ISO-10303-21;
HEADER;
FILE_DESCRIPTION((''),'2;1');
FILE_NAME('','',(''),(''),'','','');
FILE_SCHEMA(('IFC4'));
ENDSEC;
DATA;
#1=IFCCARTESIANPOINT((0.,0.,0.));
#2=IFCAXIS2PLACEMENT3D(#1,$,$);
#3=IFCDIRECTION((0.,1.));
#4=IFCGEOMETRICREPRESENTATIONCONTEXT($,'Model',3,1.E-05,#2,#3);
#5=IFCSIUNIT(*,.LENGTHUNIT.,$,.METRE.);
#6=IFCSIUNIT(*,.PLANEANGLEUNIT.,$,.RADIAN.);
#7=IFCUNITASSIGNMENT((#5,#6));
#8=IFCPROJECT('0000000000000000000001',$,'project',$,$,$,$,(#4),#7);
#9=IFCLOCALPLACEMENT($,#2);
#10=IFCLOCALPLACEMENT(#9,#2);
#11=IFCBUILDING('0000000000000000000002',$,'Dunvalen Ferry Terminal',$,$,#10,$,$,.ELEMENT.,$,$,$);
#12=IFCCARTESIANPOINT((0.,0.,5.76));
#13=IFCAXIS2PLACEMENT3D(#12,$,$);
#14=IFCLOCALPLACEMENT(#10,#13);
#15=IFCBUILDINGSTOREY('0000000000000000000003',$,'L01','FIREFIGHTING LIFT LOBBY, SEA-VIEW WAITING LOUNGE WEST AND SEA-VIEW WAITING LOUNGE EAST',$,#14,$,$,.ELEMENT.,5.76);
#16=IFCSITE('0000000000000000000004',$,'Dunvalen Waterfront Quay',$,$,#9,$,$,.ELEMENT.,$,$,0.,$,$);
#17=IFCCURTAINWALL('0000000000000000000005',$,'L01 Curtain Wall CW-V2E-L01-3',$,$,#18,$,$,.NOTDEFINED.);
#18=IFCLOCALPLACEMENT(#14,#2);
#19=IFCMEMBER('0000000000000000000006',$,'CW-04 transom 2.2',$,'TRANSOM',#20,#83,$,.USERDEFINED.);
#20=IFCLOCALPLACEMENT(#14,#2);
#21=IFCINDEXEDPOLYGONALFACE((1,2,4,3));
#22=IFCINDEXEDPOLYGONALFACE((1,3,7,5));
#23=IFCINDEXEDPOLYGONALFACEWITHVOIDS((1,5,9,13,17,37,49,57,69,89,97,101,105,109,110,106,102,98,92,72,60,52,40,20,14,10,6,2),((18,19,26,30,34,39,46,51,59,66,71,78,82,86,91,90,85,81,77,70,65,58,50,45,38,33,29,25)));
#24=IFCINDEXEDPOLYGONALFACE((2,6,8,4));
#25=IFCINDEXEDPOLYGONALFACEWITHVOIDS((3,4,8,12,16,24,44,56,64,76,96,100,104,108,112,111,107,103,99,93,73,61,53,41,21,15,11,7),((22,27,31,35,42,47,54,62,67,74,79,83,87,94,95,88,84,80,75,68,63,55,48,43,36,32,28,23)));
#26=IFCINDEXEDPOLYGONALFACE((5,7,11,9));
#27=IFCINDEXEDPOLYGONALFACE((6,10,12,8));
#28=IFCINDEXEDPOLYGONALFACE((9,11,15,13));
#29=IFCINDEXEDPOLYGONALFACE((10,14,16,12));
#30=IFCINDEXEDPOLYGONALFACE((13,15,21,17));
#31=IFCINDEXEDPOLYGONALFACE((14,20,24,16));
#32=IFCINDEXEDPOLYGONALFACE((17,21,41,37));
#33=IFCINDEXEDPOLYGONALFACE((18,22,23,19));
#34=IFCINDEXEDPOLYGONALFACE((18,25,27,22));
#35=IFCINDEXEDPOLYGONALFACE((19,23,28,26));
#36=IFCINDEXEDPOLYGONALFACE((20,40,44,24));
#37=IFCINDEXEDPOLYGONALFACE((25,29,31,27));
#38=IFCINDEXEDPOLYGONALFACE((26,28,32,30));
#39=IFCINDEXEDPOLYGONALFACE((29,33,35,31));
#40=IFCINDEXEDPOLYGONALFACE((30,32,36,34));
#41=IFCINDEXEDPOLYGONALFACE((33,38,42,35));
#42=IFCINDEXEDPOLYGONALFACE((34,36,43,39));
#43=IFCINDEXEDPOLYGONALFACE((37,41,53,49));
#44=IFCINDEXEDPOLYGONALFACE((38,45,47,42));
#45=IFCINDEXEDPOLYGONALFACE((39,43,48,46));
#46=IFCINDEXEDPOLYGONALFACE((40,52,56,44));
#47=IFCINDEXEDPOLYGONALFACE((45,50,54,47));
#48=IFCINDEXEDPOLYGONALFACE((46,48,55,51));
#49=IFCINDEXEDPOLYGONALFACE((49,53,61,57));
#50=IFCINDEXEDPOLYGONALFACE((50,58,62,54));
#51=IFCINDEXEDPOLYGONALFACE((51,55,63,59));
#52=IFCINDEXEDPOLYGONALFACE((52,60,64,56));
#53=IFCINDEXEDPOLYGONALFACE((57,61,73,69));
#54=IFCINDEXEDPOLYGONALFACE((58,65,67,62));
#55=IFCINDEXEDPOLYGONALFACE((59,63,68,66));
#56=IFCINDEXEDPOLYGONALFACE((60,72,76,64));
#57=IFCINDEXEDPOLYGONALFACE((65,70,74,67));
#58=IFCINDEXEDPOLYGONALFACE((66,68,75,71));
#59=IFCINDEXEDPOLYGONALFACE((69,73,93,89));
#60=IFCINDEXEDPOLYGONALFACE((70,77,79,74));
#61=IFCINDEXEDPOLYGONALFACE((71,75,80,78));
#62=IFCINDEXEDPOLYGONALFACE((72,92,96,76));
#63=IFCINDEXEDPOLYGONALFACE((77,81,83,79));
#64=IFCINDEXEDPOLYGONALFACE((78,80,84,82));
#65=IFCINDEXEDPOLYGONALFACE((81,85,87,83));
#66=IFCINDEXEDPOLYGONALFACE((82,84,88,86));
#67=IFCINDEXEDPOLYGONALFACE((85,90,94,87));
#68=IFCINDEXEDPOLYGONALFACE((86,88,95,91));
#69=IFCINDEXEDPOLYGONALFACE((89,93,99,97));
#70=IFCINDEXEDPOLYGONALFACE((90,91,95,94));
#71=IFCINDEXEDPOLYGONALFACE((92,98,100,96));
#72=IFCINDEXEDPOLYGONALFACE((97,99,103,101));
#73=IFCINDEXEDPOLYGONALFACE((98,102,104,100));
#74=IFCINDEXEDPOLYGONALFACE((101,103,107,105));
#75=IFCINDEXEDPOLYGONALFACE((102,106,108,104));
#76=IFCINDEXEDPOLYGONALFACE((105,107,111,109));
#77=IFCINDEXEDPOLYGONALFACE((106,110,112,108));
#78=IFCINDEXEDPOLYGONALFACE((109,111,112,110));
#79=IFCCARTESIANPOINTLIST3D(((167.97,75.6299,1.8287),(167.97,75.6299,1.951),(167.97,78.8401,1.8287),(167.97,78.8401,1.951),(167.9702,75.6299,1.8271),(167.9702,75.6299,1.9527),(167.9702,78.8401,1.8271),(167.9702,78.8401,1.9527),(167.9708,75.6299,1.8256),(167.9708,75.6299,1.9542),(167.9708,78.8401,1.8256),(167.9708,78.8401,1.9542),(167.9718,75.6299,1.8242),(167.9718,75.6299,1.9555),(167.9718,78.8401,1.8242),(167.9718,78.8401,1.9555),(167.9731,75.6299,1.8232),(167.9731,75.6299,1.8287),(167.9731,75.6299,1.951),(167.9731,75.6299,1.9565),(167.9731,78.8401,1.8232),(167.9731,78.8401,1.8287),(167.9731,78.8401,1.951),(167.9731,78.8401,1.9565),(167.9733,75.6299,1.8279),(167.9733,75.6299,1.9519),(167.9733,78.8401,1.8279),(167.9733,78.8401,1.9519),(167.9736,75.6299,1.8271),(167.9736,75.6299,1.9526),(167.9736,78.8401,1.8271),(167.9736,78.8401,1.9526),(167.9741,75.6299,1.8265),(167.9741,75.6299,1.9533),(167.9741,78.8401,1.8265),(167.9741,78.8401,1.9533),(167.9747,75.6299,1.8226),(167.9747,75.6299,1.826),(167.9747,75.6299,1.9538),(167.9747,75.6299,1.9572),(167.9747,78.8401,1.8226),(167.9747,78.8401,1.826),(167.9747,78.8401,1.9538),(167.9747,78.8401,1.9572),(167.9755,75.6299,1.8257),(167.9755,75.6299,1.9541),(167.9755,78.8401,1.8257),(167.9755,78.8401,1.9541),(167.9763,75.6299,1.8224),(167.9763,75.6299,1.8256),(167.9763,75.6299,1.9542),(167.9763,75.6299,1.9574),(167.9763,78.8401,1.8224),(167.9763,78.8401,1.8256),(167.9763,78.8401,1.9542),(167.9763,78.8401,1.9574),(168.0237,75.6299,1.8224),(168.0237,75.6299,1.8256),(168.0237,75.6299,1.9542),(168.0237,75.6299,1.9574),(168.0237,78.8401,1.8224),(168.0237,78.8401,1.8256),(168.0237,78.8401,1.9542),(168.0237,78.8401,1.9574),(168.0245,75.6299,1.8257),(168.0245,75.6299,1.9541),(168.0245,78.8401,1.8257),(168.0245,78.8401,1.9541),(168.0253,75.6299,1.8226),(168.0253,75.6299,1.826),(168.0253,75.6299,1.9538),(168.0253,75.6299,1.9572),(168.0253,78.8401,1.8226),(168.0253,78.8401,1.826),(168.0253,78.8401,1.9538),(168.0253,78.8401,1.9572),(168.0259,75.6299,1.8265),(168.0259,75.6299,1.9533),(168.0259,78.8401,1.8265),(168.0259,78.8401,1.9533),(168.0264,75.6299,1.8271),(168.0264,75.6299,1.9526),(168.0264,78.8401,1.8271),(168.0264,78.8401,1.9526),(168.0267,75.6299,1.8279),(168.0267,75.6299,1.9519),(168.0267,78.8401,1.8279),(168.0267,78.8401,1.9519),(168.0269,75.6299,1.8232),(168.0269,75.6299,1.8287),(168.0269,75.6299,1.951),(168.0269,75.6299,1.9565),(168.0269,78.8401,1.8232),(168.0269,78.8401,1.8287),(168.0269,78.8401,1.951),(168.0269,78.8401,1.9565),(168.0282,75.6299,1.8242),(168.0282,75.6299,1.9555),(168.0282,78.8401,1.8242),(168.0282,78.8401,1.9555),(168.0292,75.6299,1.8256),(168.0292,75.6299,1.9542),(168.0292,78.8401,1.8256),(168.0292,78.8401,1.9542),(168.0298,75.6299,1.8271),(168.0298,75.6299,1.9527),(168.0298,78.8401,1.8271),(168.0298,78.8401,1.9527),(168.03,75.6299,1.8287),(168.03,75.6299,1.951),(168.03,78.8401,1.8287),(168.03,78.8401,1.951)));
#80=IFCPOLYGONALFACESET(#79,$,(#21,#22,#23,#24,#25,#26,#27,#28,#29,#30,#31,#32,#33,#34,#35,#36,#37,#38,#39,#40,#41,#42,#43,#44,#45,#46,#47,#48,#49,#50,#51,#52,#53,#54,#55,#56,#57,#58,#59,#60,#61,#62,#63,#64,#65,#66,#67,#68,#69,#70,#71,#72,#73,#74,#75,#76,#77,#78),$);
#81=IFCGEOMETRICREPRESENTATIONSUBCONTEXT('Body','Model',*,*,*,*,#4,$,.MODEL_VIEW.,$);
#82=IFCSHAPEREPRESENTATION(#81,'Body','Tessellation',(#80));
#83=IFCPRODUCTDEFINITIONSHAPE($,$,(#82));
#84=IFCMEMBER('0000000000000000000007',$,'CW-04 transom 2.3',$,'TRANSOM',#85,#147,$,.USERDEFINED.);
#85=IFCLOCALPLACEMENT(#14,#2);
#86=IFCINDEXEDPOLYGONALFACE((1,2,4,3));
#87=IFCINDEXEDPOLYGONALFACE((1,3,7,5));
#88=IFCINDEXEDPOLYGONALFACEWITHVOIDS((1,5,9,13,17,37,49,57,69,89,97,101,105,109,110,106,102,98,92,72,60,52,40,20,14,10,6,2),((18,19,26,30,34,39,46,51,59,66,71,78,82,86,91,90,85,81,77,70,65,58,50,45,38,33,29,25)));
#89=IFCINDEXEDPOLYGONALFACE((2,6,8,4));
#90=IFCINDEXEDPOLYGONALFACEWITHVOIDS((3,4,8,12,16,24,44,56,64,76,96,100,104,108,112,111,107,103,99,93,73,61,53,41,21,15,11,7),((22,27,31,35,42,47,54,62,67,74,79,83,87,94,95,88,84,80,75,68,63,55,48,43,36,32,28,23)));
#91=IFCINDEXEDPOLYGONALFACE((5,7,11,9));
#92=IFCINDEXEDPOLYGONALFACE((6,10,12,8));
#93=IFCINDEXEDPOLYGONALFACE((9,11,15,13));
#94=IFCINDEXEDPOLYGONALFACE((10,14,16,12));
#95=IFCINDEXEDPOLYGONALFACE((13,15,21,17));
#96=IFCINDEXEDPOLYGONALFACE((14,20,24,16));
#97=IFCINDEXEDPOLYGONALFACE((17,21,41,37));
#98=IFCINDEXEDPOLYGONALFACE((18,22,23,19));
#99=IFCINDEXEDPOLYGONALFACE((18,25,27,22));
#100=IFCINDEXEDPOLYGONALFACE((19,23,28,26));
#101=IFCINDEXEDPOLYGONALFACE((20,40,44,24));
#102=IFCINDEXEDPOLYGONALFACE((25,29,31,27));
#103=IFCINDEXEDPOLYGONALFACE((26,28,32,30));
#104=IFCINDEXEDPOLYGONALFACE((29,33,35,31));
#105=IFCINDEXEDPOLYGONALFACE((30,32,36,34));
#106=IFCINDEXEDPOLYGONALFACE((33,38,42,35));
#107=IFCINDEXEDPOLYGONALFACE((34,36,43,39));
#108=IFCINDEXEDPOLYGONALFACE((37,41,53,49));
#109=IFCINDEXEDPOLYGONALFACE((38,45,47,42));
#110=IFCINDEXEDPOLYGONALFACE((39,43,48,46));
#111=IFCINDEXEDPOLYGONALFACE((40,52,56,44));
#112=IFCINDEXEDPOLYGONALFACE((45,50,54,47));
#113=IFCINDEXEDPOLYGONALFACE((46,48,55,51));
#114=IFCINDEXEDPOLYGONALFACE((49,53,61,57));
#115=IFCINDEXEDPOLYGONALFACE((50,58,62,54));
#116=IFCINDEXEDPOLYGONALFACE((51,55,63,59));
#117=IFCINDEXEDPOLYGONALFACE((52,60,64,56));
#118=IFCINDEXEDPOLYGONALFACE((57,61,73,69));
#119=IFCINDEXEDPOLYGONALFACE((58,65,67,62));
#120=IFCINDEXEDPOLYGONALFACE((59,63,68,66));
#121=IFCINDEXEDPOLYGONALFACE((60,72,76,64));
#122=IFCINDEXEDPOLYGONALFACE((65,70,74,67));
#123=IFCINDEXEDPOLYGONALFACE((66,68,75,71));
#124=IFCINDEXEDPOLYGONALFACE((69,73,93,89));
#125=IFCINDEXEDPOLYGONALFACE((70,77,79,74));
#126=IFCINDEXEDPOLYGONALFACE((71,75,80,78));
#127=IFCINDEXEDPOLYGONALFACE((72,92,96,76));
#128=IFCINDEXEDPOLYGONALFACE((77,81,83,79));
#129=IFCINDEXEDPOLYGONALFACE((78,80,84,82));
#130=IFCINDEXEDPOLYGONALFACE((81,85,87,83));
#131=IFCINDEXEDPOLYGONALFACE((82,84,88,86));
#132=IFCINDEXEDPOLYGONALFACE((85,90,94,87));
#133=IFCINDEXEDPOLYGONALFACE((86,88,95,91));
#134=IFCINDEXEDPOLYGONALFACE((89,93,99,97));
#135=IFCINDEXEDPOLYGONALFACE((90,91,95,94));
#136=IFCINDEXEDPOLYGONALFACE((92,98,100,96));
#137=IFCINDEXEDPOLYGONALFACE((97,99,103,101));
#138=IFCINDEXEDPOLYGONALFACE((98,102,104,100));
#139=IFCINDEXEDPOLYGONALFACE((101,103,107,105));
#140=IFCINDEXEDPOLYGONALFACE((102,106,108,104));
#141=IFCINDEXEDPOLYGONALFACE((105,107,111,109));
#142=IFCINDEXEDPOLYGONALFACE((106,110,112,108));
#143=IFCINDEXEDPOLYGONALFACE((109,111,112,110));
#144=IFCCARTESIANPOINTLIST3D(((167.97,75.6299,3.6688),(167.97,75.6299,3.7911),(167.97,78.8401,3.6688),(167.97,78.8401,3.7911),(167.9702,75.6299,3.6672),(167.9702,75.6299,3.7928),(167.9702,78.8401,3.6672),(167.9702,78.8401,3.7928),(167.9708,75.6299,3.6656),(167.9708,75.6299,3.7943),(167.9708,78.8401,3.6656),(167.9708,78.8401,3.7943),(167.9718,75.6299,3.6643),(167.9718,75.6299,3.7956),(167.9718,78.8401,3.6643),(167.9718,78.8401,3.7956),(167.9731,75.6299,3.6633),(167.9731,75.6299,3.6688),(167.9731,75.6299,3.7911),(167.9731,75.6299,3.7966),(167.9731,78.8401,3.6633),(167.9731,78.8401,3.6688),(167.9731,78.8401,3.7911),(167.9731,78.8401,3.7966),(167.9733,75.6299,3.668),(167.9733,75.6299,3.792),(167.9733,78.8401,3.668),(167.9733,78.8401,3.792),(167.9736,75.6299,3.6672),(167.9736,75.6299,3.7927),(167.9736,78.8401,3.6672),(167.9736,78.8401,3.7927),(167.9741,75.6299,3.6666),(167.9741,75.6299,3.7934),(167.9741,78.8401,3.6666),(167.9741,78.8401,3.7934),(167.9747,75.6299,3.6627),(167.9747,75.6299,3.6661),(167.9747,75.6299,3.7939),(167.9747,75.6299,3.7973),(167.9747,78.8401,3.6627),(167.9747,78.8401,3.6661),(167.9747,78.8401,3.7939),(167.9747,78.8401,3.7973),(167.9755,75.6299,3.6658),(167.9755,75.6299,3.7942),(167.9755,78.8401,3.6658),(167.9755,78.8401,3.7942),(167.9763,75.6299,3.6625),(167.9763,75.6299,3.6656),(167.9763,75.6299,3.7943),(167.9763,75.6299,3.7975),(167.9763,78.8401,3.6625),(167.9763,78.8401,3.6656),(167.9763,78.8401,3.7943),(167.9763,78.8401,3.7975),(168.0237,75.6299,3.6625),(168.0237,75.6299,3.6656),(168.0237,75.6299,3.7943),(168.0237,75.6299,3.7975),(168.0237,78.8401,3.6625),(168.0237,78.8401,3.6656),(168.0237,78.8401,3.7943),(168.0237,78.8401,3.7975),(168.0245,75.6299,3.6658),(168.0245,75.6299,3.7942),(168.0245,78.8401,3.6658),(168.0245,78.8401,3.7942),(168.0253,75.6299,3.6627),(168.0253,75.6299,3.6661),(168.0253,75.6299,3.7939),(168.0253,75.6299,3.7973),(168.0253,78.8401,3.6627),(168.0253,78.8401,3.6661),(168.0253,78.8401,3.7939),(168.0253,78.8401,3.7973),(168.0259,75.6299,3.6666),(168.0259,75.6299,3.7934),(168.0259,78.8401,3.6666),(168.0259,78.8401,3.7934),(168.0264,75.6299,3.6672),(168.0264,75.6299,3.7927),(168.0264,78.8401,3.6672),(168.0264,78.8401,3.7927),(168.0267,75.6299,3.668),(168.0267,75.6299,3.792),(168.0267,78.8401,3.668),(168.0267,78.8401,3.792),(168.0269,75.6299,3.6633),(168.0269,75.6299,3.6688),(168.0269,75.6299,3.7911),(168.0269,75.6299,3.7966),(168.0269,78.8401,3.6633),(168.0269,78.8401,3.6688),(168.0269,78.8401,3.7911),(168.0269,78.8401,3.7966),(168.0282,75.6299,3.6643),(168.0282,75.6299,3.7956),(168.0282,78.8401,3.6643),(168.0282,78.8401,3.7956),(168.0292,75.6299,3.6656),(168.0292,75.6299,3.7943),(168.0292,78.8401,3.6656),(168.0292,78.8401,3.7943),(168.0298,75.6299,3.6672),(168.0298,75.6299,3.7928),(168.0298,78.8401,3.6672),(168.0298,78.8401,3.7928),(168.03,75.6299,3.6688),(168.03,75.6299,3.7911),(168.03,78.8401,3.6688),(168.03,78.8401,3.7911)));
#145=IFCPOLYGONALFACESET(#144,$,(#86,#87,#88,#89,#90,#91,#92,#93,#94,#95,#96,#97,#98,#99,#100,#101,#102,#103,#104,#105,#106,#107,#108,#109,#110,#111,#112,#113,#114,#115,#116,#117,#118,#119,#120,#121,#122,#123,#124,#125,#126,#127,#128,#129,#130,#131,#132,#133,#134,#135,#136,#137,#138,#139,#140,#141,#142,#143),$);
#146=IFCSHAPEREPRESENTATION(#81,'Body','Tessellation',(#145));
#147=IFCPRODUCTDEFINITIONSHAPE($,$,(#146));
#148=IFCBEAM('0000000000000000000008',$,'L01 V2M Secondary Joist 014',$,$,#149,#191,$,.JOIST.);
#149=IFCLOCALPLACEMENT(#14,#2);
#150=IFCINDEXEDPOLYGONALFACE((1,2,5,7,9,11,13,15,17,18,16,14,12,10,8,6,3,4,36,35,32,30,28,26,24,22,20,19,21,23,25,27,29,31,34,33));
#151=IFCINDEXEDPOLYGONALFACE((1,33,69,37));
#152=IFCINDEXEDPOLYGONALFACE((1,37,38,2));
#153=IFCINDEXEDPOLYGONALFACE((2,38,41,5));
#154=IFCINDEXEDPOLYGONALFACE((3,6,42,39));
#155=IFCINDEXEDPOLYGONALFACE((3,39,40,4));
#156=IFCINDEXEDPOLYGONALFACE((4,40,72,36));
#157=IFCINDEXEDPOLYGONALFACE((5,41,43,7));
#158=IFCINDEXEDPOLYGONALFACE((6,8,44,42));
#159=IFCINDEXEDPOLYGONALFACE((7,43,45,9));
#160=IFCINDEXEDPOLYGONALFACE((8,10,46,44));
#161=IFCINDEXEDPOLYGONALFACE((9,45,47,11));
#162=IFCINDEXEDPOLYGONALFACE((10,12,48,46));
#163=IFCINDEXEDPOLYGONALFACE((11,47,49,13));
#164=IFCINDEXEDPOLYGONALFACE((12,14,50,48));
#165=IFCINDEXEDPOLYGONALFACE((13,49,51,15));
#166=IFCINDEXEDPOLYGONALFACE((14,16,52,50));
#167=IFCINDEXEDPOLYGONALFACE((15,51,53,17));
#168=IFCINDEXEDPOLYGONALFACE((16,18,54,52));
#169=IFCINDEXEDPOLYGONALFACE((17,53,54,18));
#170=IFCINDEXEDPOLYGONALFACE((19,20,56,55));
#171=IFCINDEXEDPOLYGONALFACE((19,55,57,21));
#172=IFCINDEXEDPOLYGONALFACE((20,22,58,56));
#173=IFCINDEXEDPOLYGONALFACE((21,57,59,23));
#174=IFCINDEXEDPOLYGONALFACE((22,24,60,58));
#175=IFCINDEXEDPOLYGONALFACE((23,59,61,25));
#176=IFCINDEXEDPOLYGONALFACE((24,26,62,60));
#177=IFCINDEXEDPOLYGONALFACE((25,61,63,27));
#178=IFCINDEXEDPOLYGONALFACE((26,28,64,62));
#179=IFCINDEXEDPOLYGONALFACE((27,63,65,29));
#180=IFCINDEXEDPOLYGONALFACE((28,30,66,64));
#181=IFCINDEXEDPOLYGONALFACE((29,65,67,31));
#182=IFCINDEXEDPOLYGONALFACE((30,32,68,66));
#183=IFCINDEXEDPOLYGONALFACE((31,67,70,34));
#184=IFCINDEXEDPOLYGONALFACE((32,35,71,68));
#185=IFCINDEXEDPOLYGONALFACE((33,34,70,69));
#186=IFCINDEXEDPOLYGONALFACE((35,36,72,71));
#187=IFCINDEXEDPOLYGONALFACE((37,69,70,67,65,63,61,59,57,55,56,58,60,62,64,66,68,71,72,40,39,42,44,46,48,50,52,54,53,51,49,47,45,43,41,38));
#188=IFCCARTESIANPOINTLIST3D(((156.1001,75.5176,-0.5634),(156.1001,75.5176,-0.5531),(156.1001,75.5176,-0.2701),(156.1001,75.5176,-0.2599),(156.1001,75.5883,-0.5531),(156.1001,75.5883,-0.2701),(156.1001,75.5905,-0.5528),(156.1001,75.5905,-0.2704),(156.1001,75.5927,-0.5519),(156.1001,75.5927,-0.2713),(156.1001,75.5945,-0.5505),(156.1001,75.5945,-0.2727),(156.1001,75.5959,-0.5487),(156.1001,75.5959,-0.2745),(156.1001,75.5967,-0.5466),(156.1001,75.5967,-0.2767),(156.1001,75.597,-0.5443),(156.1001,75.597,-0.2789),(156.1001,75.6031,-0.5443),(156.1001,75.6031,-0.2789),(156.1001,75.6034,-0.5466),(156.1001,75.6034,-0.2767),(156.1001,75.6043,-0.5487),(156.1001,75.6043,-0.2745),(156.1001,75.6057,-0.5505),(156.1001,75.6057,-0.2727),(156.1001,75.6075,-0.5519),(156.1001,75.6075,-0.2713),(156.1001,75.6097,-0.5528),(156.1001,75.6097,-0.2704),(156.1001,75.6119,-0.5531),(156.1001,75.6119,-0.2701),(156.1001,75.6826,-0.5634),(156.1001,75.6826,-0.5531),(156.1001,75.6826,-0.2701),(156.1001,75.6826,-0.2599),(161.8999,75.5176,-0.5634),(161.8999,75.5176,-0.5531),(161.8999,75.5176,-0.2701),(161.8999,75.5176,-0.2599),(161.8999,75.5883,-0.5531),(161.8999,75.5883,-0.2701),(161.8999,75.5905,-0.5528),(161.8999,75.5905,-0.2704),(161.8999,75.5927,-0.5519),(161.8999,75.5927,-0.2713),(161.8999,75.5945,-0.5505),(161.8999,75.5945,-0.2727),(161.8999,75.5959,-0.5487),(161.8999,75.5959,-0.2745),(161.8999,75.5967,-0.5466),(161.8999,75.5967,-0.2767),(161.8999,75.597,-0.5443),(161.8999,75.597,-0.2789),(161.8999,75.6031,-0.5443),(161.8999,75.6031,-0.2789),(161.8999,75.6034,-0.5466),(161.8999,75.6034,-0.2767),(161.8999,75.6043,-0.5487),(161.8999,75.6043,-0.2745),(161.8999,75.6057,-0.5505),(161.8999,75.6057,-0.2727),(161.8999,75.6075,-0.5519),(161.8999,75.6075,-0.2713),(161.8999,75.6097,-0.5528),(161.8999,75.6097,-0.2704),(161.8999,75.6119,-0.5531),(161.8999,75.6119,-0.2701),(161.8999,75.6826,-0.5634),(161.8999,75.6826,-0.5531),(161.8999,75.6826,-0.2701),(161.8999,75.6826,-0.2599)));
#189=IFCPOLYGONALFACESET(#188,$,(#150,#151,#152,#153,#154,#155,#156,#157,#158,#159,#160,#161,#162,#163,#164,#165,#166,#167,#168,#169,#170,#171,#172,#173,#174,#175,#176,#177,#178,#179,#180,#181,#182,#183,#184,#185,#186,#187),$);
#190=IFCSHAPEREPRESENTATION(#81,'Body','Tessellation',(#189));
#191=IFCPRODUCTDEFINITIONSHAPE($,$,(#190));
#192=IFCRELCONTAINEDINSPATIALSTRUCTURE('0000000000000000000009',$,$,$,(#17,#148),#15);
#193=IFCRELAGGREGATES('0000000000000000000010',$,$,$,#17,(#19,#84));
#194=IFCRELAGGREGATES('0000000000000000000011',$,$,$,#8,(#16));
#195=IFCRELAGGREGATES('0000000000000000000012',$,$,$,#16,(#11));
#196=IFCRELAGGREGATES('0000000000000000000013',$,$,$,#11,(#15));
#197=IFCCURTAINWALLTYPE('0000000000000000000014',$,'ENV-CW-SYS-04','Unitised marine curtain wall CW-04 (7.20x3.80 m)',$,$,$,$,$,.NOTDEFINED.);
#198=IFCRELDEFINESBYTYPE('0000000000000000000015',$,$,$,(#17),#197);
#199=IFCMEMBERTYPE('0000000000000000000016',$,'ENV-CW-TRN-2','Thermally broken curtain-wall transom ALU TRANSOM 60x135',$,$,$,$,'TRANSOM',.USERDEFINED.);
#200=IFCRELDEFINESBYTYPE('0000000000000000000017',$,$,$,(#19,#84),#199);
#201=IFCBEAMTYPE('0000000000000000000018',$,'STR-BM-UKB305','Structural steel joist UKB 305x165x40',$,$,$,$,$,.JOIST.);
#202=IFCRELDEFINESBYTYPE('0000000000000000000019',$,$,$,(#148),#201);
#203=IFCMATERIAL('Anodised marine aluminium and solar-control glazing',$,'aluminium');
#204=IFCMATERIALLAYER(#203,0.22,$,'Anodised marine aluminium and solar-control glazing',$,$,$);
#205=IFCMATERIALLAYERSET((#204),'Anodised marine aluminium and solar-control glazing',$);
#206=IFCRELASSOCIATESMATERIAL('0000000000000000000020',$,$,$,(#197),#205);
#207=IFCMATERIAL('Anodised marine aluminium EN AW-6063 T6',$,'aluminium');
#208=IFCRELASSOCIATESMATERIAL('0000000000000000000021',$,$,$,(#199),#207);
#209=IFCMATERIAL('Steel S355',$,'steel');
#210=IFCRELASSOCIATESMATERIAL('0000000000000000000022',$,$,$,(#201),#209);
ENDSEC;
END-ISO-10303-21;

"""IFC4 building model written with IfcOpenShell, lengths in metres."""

from ifc_helpers import new_model, si_unit, direction, frame, origin, origin_2d, place, context, subcontext, project, spatial, hollow_rectangle, i_section, extrude, material, layer, layer_set, material_profile, profile_set, type_object, element, aggregate, save


model = new_model("IFC4")

# Units and contexts
model_context = context("Model", 3, precision=1e-05, world=origin(), true_north=direction((0.0, 1.0)))
body_context = subcontext(model_context, "Body", "Model", "MODEL_VIEW")
ifc_project = project(units=[si_unit("LENGTHUNIT", "METRE"), si_unit("PLANEANGLEUNIT", "RADIAN")], contexts=[model_context])

# Site, building, storey
site_placement = place(None, origin())
site = spatial("IfcSite", under=ifc_project, at=site_placement, Name="Dunvalen Waterfront Quay", CompositionType="ELEMENT", RefElevation=0.0)
building_placement = place(site_placement, origin())
building = spatial("IfcBuilding", under=site, at=building_placement, Name="Dunvalen Ferry Terminal", CompositionType="ELEMENT")
storey_placement = place(building_placement, frame((0.0, 0.0, 5.76)))
storey = spatial("IfcBuildingStorey", under=building, at=storey_placement, Name="L01", Description="FIREFIGHTING LIFT LOBBY, SEA-VIEW WAITING LOUNGE WEST AND SEA-VIEW WAITING LOUNGE EAST", CompositionType="ELEMENT", Elevation=5.76)

# Curtain wall
ifc_material_1 = material(Name="Anodised marine aluminium and solar-control glazing", Category="aluminium")
ifc_layer_1 = layer(ifc_material_1, 0.22, Name="Anodised marine aluminium and solar-control glazing")
ifc_layer_set_1 = layer_set([ifc_layer_1], Name="Anodised marine aluminium and solar-control glazing")
curtain_wall_type = type_object("IfcCurtainWallType", Name="ENV-CW-SYS-04", Description="Unitised marine curtain wall CW-04 (7.20x3.80 m)", PredefinedType="NOTDEFINED", material=ifc_layer_set_1)
ifc_material_2 = material(Name="Anodised marine aluminium EN AW-6063 T6", Category="aluminium")
curtain_wall_1_placement = place(storey_placement, origin())
curtain_wall_1 = element("IfcCurtainWall", 1, at=curtain_wall_1_placement, inside=storey, type_object=curtain_wall_type, Name="L01 Curtain Wall CW-V2E-L01-3", PredefinedType="NOTDEFINED")

# Members
ifc_material_profile_1 = material_profile(ifc_material_2, hollow_rectangle(XDim=0.0601, YDim=0.135, WallThickness=0.0032, InnerFilletRadius=0.0032, OuterFilletRadius=0.0063, at=origin_2d()), Name="Anodised marine aluminium EN AW-6063 T6")
ifc_profile_set_1 = profile_set([ifc_material_profile_1], Name="Anodised marine aluminium EN AW-6063 T6")
member_type_1 = type_object("IfcMemberType", Name="ENV-CW-TRN-2", Description="Thermally broken curtain-wall transom ALU TRANSOM 60x135", ElementType="TRANSOM", PredefinedType="USERDEFINED", material=ifc_profile_set_1)
member_1_placement = place(storey_placement, frame((168.0, 75.6299, 1.8899), z_axis=(0.0, 1.0, 0.0), x_axis=(-1.0, 0.0, 0.0)))
member_1 = element("IfcMember", 2, at=member_1_placement, type_object=member_type_1, Name="CW-04 transom 2.2", ObjectType="TRANSOM", PredefinedType="USERDEFINED", context=body_context, shape_type="SweptSolid", body=[
    extrude(hollow_rectangle(XDim=0.0601, YDim=0.135, WallThickness=0.0032, InnerFilletRadius=0.0032, OuterFilletRadius=0.0063, at=origin_2d()), origin(), (0.0, 0.0, 1.0), 3.2102),
])
member_2_placement = place(storey_placement, frame((168.0, 75.6299, 3.73), z_axis=(0.0, 1.0, 0.0), x_axis=(-1.0, 0.0, 0.0)))
member_2 = element("IfcMember", 3, at=member_2_placement, type_object=member_type_1, Name="CW-04 transom 2.3", ObjectType="TRANSOM", PredefinedType="USERDEFINED", context=body_context, shape_type="SweptSolid", body=[
    extrude(hollow_rectangle(XDim=0.0601, YDim=0.135, WallThickness=0.0032, InnerFilletRadius=0.0032, OuterFilletRadius=0.0063, at=origin_2d()), origin(), (0.0, 0.0, 1.0), 3.2102),
])

# Beam
ifc_material_3 = material(Name="Steel S355", Category="steel")
ifc_material_profile_2 = material_profile(ifc_material_3, i_section(OverallWidth=0.165, OverallDepth=0.3035, WebThickness=0.0061, FlangeThickness=0.0103, FilletRadius=0.0088, at=origin_2d()), Name="Steel S355")
ifc_profile_set_2 = profile_set([ifc_material_profile_2], Name="Steel S355")
beam_type_1 = type_object("IfcBeamType", Name="STR-BM-UKB305", Description="Structural steel joist UKB 305x165x40", PredefinedType="JOIST", material=ifc_profile_set_2)
for number, where, z_axis, x_axis, name in (
    (4, (156.1001, 75.6001, -0.4116), (1.0, 0.0, 0.0), (0.0, 1.0, 0.0), "L01 V2M Secondary Joist 014"),
):
    element("IfcBeam", number, at=place(storey_placement, frame(where, z_axis=z_axis, x_axis=x_axis)), inside=storey, type_object=beam_type_1, Name=name, PredefinedType="JOIST", context=body_context, shape_type="SweptSolid", body=[
        extrude(i_section(OverallWidth=0.165, OverallDepth=0.3035, WebThickness=0.0061, FlangeThickness=0.0103, FilletRadius=0.0088, at=origin_2d()), origin(), (0.0, 0.0, 1.0), 5.7998),
    ])

aggregate(curtain_wall_1, [member_1, member_2])

save(model, "model.ifc")
